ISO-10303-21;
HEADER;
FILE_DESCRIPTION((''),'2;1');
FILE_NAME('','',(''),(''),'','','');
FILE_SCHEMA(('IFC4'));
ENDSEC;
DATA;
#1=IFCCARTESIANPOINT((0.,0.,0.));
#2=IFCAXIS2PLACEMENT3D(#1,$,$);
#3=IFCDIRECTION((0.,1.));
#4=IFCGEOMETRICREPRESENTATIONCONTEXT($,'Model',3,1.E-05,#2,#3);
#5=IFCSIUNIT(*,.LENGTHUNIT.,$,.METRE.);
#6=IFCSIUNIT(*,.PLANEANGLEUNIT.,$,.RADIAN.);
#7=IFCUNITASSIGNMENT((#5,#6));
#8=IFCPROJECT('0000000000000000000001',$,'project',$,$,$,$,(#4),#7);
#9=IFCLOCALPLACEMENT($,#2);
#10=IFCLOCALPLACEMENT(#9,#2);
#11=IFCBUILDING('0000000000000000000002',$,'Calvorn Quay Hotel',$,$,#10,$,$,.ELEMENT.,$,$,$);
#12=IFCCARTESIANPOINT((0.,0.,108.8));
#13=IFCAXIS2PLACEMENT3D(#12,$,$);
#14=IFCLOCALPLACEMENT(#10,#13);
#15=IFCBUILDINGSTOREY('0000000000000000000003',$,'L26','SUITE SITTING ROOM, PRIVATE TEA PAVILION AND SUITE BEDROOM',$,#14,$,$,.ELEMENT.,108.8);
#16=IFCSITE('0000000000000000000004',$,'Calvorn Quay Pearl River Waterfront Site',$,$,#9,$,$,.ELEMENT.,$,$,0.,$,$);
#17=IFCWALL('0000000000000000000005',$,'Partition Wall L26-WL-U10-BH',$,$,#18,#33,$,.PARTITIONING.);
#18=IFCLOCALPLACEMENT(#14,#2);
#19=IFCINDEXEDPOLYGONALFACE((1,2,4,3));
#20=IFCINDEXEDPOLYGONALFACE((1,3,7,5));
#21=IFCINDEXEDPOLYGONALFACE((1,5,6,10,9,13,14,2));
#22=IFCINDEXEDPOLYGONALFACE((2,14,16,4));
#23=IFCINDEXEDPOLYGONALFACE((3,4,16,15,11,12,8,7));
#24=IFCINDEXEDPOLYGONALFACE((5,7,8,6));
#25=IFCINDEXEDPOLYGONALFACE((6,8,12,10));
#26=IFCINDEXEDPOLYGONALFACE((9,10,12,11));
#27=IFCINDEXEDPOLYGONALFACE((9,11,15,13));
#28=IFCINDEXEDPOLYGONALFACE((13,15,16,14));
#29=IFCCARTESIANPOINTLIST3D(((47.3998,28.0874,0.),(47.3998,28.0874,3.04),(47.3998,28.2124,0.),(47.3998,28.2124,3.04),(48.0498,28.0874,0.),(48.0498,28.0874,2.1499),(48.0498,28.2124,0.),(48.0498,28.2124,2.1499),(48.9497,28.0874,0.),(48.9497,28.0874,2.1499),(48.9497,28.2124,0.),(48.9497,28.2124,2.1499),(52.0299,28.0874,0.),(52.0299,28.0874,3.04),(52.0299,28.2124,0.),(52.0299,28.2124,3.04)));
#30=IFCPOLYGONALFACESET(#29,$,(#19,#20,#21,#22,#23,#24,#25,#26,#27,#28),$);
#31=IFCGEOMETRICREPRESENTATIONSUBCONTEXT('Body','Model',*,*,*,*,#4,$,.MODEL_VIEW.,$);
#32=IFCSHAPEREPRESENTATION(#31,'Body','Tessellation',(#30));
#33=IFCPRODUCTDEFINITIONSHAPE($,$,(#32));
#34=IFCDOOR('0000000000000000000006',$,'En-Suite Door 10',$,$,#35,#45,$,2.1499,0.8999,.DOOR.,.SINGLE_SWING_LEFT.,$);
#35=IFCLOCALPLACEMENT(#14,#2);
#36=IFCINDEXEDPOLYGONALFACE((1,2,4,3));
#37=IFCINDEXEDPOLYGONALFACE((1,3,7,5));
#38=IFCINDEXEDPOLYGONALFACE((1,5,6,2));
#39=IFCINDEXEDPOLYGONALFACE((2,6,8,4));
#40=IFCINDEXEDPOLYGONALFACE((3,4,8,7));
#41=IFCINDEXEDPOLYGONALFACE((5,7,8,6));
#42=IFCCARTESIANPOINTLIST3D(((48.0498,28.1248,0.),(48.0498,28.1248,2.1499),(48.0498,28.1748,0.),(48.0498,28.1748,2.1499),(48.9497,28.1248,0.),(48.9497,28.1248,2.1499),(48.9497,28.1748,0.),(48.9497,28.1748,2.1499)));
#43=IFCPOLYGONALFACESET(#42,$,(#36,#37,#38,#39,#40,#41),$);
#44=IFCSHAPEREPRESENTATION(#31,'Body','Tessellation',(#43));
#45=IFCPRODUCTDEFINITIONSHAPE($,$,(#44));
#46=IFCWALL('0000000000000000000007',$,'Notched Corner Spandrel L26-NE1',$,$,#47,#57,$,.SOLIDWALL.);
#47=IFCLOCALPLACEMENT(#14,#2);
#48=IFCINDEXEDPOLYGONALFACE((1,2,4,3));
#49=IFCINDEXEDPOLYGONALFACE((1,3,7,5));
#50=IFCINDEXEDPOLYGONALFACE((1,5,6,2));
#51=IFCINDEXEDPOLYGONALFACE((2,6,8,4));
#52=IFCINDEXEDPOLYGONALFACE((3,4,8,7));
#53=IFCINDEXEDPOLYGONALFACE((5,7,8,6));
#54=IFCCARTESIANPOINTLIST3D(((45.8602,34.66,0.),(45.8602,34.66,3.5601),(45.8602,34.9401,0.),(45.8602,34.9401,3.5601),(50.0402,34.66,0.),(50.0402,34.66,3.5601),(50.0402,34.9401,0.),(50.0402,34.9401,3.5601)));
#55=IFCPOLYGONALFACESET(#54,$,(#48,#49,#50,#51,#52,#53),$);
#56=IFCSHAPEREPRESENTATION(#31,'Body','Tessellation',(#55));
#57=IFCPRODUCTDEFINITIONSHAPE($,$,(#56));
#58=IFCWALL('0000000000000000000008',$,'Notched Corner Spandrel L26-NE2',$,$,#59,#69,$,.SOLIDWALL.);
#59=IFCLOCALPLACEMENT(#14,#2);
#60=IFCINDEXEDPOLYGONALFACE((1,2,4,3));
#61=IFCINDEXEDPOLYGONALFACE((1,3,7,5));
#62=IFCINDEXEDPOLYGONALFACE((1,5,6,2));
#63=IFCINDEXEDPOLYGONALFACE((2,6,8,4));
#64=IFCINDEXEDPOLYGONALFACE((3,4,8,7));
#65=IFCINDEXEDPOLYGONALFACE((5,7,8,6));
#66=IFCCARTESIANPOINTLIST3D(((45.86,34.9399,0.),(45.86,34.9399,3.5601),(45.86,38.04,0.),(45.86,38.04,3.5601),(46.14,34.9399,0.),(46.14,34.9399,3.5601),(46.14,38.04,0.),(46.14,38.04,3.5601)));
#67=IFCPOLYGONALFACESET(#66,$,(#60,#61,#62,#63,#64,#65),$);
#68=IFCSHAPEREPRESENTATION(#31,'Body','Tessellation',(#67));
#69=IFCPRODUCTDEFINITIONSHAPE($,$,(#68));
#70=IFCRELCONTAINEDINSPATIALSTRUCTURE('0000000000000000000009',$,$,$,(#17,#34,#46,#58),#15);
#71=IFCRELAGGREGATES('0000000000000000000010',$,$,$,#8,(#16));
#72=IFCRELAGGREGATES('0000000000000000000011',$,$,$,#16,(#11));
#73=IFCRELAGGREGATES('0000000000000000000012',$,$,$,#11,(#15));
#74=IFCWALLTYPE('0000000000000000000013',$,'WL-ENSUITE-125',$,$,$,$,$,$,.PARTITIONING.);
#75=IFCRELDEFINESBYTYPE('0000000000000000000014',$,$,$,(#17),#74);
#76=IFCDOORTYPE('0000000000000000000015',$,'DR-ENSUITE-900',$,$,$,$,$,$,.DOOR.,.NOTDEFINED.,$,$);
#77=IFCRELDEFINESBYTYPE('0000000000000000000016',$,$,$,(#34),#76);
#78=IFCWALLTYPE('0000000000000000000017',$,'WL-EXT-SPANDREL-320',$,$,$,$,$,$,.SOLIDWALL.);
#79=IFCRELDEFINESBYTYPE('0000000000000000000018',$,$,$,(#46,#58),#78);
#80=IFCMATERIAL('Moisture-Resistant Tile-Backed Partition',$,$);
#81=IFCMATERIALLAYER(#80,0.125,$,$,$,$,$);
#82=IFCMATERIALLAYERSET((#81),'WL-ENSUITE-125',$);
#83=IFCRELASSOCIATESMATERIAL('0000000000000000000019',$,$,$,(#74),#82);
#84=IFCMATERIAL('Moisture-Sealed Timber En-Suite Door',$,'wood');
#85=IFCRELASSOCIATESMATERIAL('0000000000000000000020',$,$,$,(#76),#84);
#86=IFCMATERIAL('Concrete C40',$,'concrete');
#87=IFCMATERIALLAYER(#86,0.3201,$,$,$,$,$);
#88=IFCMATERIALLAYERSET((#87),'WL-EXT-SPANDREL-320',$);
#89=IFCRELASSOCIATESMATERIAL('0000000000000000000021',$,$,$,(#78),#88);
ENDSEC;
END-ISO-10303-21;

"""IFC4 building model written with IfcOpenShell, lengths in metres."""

from ifc_helpers import new_model, si_unit, direction, frame, frame_2d, origin, place, context, subcontext, project, spatial, rectangle, extrude, material, layer, layer_set, type_object, element, fill, save


model = new_model("IFC4")

# Units and contexts
model_context = context("Model", 3, precision=1e-05, world=origin(), true_north=direction((0.0, 1.0)))
body_context = subcontext(model_context, "Body", "Model", "MODEL_VIEW")
ifc_project = project(units=[si_unit("LENGTHUNIT", "METRE"), si_unit("PLANEANGLEUNIT", "RADIAN")], contexts=[model_context])

# Site, building, storey
site_placement = place(None, origin())
site = spatial("IfcSite", under=ifc_project, at=site_placement, Name="Calvorn Quay Pearl River Waterfront Site", CompositionType="ELEMENT", RefElevation=0.0)
building_placement = place(site_placement, origin())
building = spatial("IfcBuilding", under=site, at=building_placement, Name="Calvorn Quay Hotel", CompositionType="ELEMENT")
storey_placement = place(building_placement, frame((0.0, 0.0, 108.8)))
storey = spatial("IfcBuildingStorey", under=building, at=storey_placement, Name="L26", Description="SUITE SITTING ROOM, PRIVATE TEA PAVILION AND SUITE BEDROOM", CompositionType="ELEMENT", Elevation=108.8)

# Wall, opening, door
ifc_material_1 = material(Name="Moisture-Resistant Tile-Backed Partition")
ifc_layer_1 = layer(ifc_material_1, 0.125)
ifc_layer_set_1 = layer_set([ifc_layer_1], Name="WL-ENSUITE-125")
wall_type_1 = type_object("IfcWallType", Name="WL-ENSUITE-125", PredefinedType="PARTITIONING", material=ifc_layer_set_1)
wall_1_placement = place(storey_placement, frame((47.3999, 28.1499, 0.0), z_axis=(0.0, 0.0, 1.0), x_axis=(1.0, 0.0, 0.0)))
wall_1 = element("IfcWall", 1, at=wall_1_placement, inside=storey, type_object=wall_type_1, Name="Partition Wall L26-WL-U10-BH", PredefinedType="PARTITIONING", context=body_context, shape_type="SweptSolid", body=[
    extrude(rectangle(XDim=4.6301, YDim=0.125, at=frame_2d((2.3149, 0.0))), origin(), (0.0, 0.0, 1.0), 3.04),
])
opening_placement = place(wall_1_placement, frame((0.6499, 0.0, 0.0)))
opening = element("IfcOpeningElement", 2, at=opening_placement, cuts=wall_1, PredefinedType="OPENING", context=body_context, shape_type="SweptSolid", body=[
    extrude(rectangle(XDim=0.8999, YDim=2.1499, at=frame_2d((0.45, 1.075))), frame((0.0, 0.0725, 0.0), z_axis=(0.0, -1.0, 0.0), x_axis=(1.0, 0.0, 0.0)), (0.0, 0.0, 1.0), 0.145),
])
ifc_material_2 = material(Name="Moisture-Sealed Timber En-Suite Door", Category="wood")
door_type = type_object("IfcDoorType", Name="DR-ENSUITE-900", OperationType="NOTDEFINED", PredefinedType="DOOR", material=ifc_material_2)
door_placement = place(opening_placement, origin())
door = element("IfcDoor", 3, at=door_placement, inside=storey, type_object=door_type, Name="En-Suite Door 10", OperationType="SINGLE_SWING_LEFT", OverallHeight=2.1499, OverallWidth=0.8999, PredefinedType="DOOR", context=body_context, shape_type="SweptSolid", body=[
    extrude(rectangle(XDim=0.8999, YDim=2.1499, at=frame_2d((0.45, 1.075))), frame((0.0, 0.0249, 0.0), z_axis=(0.0, -1.0, 0.0), x_axis=(1.0, 0.0, 0.0)), (0.0, 0.0, 1.0), 0.05),
])
fill(opening, door)

# Walls
ifc_material_3 = material(Name="Concrete C40", Category="concrete")
ifc_layer_2 = layer(ifc_material_3, 0.3201)
ifc_layer_set_2 = layer_set([ifc_layer_2], Name="WL-EXT-SPANDREL-320")
wall_type_2 = type_object("IfcWallType", Name="WL-EXT-SPANDREL-320", PredefinedType="SOLIDWALL", material=ifc_layer_set_2)
wall_2_placement = place(storey_placement, frame((50.04, 34.8, 0.0), z_axis=(0.0, 0.0, 1.0), x_axis=(-1.0, 0.0, 0.0)))
element("IfcWall", 4, at=wall_2_placement, inside=storey, type_object=wall_type_2, Name="Notched Corner Spandrel L26-NE1", PredefinedType="SOLIDWALL", context=body_context, shape_type="SweptSolid", body=[
    extrude(rectangle(XDim=4.1799, YDim=0.28, at=frame_2d((2.0898, 0.0))), origin(), (0.0, 0.0, 1.0), 3.5601),
])
wall_3_placement = place(storey_placement, frame((46.0, 34.9399, 0.0), z_axis=(0.0, 0.0, 1.0), x_axis=(0.0, 1.0, 0.0)))
element("IfcWall", 5, at=wall_3_placement, inside=storey, type_object=wall_type_2, Name="Notched Corner Spandrel L26-NE2", PredefinedType="SOLIDWALL", context=body_context, shape_type="SweptSolid", body=[
    extrude(rectangle(XDim=3.1001, YDim=0.28, at=frame_2d((1.55, 0.0))), origin(), (0.0, 0.0, 1.0), 3.5601),
])

save(model, "model.ifc")
